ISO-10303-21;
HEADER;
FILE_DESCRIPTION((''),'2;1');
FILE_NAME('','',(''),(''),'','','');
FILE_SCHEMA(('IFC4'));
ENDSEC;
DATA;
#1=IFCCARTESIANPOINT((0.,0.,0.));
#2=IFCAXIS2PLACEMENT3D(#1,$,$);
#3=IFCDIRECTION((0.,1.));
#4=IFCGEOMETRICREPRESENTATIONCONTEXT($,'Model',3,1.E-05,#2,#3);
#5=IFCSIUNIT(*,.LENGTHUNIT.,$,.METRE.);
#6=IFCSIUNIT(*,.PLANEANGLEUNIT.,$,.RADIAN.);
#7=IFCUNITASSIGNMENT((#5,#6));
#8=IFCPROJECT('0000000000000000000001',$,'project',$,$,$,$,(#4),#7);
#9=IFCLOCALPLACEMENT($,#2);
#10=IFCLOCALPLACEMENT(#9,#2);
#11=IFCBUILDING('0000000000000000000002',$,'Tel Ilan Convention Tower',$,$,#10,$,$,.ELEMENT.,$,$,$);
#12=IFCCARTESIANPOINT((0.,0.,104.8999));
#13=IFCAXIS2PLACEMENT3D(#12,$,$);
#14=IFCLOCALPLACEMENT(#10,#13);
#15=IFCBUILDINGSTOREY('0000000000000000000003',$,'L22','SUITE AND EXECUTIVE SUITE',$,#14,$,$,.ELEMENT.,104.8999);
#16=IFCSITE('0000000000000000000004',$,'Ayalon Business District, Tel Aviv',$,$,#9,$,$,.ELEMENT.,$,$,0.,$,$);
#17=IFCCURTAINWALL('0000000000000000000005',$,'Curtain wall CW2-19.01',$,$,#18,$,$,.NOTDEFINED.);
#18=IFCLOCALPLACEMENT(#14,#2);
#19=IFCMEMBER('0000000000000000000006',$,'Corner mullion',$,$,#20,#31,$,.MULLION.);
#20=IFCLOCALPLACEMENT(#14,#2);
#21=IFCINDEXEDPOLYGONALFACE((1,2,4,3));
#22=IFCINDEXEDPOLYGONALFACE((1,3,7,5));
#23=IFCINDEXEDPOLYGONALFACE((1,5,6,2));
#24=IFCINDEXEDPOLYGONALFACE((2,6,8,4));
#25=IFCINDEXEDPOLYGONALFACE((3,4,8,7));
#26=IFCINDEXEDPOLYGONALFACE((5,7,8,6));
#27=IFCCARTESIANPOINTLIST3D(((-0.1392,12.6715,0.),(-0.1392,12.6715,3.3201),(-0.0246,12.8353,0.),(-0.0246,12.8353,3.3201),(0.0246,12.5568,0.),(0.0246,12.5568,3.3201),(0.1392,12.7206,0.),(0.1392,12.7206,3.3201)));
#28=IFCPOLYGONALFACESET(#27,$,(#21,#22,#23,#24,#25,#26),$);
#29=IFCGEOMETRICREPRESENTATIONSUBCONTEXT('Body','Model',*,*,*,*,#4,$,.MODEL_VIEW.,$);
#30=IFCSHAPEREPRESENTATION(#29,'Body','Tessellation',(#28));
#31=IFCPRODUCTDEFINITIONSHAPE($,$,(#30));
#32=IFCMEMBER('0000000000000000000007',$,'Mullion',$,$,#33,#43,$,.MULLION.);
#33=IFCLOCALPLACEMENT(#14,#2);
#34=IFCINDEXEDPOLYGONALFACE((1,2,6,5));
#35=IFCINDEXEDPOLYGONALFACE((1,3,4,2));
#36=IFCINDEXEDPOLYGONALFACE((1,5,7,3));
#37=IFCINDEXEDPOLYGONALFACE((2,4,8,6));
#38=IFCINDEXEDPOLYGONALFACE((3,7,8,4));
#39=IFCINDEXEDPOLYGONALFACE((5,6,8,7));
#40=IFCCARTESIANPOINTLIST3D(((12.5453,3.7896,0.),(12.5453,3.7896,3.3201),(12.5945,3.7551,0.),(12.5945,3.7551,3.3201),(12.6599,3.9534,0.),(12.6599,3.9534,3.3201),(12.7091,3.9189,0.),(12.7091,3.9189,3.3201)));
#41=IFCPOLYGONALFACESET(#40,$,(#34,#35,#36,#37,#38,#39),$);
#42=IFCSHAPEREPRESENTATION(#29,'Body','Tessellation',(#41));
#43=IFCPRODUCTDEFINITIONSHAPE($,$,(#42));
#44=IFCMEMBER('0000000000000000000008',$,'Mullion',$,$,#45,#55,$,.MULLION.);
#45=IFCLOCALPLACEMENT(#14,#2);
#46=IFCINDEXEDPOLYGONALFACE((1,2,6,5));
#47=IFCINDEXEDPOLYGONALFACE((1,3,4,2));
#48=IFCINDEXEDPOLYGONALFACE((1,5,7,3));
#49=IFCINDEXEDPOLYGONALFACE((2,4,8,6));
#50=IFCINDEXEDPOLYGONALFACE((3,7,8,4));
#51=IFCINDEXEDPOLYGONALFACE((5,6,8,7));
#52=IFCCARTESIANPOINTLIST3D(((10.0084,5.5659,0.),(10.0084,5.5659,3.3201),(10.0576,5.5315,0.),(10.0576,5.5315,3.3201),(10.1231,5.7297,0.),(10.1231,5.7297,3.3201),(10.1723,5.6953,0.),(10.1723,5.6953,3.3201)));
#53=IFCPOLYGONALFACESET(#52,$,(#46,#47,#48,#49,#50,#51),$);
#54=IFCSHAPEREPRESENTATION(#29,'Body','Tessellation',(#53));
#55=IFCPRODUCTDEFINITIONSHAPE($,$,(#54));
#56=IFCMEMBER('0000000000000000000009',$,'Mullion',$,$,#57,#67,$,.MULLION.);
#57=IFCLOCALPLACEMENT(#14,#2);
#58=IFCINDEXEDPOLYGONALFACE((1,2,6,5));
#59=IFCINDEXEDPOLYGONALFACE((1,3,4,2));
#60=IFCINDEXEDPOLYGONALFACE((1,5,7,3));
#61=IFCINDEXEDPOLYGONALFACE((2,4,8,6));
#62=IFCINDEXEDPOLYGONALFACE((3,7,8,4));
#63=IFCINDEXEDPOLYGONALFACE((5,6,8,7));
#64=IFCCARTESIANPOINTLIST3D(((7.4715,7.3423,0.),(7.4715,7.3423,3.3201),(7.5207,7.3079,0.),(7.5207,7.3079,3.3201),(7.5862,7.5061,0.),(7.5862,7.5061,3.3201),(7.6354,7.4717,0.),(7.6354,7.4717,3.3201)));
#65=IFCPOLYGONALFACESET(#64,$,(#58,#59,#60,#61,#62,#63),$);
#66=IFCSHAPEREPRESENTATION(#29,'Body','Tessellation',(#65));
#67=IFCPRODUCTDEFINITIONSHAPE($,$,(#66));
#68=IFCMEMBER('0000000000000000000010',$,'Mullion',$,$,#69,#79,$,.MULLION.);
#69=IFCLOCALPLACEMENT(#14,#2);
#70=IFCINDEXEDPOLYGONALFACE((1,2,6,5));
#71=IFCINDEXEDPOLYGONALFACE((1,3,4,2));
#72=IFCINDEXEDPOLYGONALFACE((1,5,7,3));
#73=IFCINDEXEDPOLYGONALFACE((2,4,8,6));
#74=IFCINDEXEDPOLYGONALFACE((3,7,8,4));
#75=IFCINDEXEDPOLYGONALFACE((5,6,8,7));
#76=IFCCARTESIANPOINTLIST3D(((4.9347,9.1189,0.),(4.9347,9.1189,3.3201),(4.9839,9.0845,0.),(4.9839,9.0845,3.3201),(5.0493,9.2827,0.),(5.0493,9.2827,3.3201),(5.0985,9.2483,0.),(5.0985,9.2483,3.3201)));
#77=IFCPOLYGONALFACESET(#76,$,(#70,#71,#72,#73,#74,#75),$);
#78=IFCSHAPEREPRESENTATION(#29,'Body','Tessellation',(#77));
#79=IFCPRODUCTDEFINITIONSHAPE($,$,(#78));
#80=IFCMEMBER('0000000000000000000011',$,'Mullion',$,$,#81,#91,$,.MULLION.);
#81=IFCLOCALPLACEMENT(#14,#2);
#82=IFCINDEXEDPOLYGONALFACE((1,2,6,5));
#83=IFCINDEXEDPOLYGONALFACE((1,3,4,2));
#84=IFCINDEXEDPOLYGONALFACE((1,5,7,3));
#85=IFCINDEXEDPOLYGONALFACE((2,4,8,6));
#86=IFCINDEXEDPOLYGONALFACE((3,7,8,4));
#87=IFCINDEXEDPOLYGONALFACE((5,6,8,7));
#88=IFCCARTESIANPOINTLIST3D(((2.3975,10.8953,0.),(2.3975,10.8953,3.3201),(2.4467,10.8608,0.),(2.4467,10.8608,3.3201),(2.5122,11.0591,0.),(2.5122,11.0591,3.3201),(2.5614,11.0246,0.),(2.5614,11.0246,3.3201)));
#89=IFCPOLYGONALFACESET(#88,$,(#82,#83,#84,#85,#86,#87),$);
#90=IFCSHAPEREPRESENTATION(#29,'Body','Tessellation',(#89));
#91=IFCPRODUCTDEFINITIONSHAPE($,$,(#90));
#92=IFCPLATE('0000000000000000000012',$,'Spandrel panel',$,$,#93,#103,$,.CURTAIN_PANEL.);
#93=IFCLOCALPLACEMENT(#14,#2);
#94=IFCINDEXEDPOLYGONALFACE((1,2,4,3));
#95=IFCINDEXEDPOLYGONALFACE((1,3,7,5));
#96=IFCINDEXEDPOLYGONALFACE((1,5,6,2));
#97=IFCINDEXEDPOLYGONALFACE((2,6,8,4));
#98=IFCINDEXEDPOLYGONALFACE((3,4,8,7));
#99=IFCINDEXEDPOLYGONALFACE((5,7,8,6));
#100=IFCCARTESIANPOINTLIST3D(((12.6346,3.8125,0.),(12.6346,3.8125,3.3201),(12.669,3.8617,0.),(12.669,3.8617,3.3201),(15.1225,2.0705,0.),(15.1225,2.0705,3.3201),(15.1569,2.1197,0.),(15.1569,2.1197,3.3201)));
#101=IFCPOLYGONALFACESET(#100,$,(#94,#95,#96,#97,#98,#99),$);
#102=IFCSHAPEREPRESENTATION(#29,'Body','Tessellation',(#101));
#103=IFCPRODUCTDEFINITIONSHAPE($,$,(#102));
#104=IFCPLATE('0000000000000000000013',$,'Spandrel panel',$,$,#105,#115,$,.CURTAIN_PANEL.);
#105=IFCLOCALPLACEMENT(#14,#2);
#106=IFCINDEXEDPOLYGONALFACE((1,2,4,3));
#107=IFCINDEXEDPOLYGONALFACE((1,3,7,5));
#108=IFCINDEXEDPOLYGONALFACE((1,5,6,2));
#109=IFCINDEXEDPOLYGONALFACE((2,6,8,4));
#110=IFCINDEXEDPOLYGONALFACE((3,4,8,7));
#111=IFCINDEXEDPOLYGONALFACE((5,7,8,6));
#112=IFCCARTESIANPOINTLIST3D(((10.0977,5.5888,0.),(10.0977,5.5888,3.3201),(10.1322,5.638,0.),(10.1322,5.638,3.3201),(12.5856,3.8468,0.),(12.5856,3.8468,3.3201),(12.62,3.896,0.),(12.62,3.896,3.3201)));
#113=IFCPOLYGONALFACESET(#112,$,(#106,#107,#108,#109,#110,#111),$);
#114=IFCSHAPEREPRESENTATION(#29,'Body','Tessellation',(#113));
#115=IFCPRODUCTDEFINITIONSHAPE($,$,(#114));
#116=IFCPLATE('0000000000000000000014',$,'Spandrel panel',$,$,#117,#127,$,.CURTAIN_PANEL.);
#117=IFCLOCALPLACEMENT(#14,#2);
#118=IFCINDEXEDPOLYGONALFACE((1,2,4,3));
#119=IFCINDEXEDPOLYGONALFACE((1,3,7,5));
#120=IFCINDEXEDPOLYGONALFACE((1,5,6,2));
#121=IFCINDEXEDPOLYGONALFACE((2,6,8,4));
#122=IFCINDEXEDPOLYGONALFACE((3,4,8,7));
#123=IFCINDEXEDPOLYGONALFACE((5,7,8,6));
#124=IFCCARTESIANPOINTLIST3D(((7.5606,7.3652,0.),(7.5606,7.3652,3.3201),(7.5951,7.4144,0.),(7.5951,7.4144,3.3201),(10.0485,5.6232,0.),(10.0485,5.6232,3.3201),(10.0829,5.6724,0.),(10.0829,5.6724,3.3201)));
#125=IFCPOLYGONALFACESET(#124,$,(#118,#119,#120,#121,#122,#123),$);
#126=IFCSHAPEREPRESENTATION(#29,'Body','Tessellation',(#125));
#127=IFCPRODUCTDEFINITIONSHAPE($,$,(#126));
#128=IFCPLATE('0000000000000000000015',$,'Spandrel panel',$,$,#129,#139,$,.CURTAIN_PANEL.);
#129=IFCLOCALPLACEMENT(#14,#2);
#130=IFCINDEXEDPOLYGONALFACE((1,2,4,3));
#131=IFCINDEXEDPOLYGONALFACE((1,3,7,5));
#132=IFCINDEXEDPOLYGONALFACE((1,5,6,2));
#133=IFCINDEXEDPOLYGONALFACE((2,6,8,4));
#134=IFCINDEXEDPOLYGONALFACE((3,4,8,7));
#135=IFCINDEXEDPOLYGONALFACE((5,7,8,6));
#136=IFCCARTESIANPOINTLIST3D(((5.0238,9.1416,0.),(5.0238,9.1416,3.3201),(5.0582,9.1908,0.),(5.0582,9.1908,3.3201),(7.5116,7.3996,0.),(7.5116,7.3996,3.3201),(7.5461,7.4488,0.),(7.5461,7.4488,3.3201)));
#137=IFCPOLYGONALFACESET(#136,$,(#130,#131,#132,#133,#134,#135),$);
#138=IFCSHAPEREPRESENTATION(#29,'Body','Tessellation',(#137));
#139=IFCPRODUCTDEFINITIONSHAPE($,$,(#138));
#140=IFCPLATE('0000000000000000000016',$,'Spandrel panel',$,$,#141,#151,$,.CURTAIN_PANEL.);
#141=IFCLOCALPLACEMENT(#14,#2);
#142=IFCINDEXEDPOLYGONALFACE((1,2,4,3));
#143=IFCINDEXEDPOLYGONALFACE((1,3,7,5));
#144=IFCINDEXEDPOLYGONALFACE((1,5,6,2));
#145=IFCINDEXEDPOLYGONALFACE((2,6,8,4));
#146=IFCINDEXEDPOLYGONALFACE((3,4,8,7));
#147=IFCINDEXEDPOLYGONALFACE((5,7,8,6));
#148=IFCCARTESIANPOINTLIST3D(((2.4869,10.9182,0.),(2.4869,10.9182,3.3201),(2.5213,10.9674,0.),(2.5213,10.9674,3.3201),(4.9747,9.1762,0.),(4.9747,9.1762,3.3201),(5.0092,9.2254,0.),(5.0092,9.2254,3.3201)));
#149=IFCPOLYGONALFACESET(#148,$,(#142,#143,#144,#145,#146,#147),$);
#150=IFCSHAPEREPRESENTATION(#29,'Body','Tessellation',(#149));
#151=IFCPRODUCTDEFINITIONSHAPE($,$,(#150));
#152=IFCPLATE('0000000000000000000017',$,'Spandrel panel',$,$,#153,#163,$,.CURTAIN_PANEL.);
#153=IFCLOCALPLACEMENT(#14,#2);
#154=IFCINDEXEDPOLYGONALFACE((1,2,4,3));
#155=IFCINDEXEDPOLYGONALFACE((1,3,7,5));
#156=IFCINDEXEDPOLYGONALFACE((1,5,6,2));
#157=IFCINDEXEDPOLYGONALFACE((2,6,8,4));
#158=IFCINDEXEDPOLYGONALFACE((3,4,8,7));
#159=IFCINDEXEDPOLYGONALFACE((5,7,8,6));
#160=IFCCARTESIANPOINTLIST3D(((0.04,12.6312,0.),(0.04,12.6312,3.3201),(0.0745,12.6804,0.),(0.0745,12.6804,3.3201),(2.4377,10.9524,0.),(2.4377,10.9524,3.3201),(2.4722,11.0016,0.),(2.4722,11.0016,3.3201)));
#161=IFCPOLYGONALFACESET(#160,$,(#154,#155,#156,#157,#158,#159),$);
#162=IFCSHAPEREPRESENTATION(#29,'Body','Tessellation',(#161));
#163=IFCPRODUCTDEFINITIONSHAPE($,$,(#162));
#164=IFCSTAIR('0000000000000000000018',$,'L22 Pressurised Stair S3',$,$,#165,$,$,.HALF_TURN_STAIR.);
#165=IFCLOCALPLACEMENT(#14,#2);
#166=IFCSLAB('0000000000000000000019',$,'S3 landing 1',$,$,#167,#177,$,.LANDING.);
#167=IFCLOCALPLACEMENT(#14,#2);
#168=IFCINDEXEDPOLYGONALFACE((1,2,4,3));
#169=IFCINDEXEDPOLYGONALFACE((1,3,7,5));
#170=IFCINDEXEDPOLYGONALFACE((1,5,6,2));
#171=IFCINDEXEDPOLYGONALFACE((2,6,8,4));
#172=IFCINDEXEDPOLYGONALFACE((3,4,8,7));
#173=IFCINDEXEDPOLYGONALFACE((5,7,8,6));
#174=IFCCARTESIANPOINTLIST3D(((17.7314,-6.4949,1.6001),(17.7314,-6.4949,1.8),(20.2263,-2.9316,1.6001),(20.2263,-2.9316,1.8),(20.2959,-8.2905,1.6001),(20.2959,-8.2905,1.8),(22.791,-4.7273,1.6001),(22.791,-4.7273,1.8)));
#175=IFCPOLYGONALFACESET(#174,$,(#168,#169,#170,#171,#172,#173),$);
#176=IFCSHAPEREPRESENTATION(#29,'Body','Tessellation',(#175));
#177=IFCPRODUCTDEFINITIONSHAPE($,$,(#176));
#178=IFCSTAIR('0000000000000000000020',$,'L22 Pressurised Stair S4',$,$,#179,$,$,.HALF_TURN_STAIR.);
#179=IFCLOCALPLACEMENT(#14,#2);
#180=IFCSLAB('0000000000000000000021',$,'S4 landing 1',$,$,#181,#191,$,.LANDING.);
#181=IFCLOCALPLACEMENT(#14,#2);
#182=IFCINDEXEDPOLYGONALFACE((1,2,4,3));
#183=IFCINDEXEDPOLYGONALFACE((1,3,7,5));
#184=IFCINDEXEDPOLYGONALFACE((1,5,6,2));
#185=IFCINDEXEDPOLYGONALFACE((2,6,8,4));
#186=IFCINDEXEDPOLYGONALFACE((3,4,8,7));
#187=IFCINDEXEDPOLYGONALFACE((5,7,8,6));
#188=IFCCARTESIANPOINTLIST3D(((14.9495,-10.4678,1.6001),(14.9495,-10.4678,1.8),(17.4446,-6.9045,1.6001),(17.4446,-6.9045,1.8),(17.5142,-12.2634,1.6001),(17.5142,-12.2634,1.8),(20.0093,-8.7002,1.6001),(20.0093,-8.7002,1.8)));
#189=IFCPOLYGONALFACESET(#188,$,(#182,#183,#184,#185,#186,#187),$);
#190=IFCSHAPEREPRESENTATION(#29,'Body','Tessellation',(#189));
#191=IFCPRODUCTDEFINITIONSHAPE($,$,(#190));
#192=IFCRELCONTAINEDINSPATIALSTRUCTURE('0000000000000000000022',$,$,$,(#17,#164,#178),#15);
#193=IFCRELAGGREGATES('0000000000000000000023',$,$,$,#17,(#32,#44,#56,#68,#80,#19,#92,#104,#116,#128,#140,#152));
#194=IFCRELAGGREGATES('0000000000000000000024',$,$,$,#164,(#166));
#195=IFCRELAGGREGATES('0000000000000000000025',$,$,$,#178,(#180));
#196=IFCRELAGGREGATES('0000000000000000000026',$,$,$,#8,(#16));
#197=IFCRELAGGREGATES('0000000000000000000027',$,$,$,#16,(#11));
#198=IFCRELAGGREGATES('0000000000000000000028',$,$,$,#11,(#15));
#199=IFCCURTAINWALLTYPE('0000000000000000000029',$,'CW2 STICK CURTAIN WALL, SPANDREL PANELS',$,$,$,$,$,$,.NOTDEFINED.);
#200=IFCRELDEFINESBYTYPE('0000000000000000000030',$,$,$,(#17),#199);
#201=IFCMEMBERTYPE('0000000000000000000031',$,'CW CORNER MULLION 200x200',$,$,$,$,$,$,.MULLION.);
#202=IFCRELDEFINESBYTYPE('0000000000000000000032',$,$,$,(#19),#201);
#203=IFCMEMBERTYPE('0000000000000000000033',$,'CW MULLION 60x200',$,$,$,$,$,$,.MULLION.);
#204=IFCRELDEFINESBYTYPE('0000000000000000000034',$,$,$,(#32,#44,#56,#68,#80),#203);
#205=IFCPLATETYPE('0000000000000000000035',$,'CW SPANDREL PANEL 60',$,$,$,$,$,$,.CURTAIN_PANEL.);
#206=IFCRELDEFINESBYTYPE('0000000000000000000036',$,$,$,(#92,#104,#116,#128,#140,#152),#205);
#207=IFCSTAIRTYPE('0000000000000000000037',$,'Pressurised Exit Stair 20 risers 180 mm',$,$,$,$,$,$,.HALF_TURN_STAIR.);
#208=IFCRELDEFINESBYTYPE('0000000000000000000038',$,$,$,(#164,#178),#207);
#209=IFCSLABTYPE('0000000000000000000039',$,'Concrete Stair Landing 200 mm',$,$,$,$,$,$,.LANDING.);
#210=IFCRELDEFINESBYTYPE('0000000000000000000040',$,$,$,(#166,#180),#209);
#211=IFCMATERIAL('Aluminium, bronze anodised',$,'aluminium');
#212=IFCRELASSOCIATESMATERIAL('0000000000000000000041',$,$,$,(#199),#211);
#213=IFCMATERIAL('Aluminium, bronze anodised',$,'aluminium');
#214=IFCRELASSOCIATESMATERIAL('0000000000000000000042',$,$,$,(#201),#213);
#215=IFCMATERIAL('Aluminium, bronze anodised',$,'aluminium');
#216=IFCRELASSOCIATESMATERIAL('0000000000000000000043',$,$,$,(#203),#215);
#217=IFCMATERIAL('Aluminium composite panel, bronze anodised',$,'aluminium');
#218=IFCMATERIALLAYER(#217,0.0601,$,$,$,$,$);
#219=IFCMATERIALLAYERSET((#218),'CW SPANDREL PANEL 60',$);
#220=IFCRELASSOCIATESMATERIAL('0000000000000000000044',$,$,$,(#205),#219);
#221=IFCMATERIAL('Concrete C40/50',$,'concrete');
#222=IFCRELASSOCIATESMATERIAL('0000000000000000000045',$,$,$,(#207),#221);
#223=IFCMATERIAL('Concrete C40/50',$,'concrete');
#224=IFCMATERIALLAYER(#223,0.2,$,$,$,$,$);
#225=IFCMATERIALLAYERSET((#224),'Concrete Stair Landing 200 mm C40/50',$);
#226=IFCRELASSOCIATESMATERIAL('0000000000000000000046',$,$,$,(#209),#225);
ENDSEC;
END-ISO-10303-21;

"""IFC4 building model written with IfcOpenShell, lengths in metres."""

from ifc_helpers import new_model, si_unit, direction, frame, origin, origin_2d, place, context, subcontext, project, spatial, polyline, rectangle, outline, extrude, material, layer, layer_set, material_profile, profile_set, type_object, element, aggregate, save


model = new_model("IFC4")

# Units and contexts
model_context = context("Model", 3, precision=1e-05, world=origin(), true_north=direction((0.0, 1.0)))
body_context = subcontext(model_context, "Body", "Model", "MODEL_VIEW")
ifc_project = project(units=[si_unit("LENGTHUNIT", "METRE"), si_unit("PLANEANGLEUNIT", "RADIAN")], contexts=[model_context])

# Site, building, storey
site_placement = place(None, origin())
site = spatial("IfcSite", under=ifc_project, at=site_placement, Name="Ayalon Business District, Tel Aviv", CompositionType="ELEMENT", RefElevation=0.0)
building_placement = place(site_placement, origin())
building = spatial("IfcBuilding", under=site, at=building_placement, Name="Tel Ilan Convention Tower", CompositionType="ELEMENT")
storey_placement = place(building_placement, frame((0.0, 0.0, 104.8999)))
storey = spatial("IfcBuildingStorey", under=building, at=storey_placement, Name="L22", Description="SUITE AND EXECUTIVE SUITE", CompositionType="ELEMENT", Elevation=104.8999)

# Curtain wall, members, plates
ifc_material_1 = material(Name="Aluminium, bronze anodised", Category="aluminium")
curtain_wall_type = type_object("IfcCurtainWallType", Name="CW2 STICK CURTAIN WALL, SPANDREL PANELS", PredefinedType="NOTDEFINED", material=ifc_material_1)
curtain_wall_placement = place(storey_placement, origin())
curtain_wall = element("IfcCurtainWall", 1, at=curtain_wall_placement, inside=storey, type_object=curtain_wall_type, Name="Curtain wall CW2-19.01", PredefinedType="NOTDEFINED")
ifc_material_2 = material(Name="Aluminium, bronze anodised", Category="aluminium")
ifc_material_profile_1 = material_profile(ifc_material_2, rectangle(XDim=0.2, YDim=0.2, at=origin_2d()), Name="CW CORNER MULLION 200x200")
ifc_profile_set_1 = profile_set([ifc_material_profile_1], Name="Aluminium, bronze anodised")
member_type_1 = type_object("IfcMemberType", Name="CW CORNER MULLION 200x200", PredefinedType="MULLION", material=ifc_profile_set_1)
member_1_placement = place(storey_placement, frame((0.0, 12.696, 0.0), z_axis=(0.0, 0.0, 1.0), x_axis=(-0.819152, 0.573576, 0.0)))
member_1 = element("IfcMember", 2, at=member_1_placement, type_object=member_type_1, Name="Corner mullion", PredefinedType="MULLION", context=body_context, shape_type="SweptSolid", body=[
    extrude(rectangle(XDim=0.2, YDim=0.2, at=origin_2d()), origin(), (0.0, 0.0, 1.0), 3.3201),
])
ifc_material_3 = material(Name="Aluminium, bronze anodised", Category="aluminium")
ifc_material_profile_2 = material_profile(ifc_material_3, rectangle(XDim=0.0601, YDim=0.2, at=origin_2d()), Name="CW MULLION 60x200")
ifc_profile_set_2 = profile_set([ifc_material_profile_2], Name="Aluminium, bronze anodised")
member_type_2 = type_object("IfcMemberType", Name="CW MULLION 60x200", PredefinedType="MULLION", material=ifc_profile_set_2)
member_2_placement = place(storey_placement, frame((12.6272, 3.8542, 0.0), z_axis=(0.0, 0.0, 1.0), x_axis=(-0.819152, 0.573576, 0.0)))
member_2 = element("IfcMember", 3, at=member_2_placement, type_object=member_type_2, Name="Mullion", PredefinedType="MULLION", context=body_context, shape_type="SweptSolid", body=[
    extrude(rectangle(XDim=0.0601, YDim=0.2, at=origin_2d()), origin(), (0.0, 0.0, 1.0), 3.3201),
])
member_3_placement = place(storey_placement, frame((10.0903, 5.6306, 0.0), z_axis=(0.0, 0.0, 1.0), x_axis=(-0.819152, 0.573576, 0.0)))
member_3 = element("IfcMember", 4, at=member_3_placement, type_object=member_type_2, Name="Mullion", PredefinedType="MULLION", context=body_context, shape_type="SweptSolid", body=[
    extrude(rectangle(XDim=0.0601, YDim=0.2, at=origin_2d()), origin(), (0.0, 0.0, 1.0), 3.3201),
])
member_4_placement = place(storey_placement, frame((7.5535, 7.407, 0.0), z_axis=(0.0, 0.0, 1.0), x_axis=(-0.819152, 0.573576, 0.0)))
member_4 = element("IfcMember", 5, at=member_4_placement, type_object=member_type_2, Name="Mullion", PredefinedType="MULLION", context=body_context, shape_type="SweptSolid", body=[
    extrude(rectangle(XDim=0.0601, YDim=0.2, at=origin_2d()), origin(), (0.0, 0.0, 1.0), 3.3201),
])
member_5_placement = place(storey_placement, frame((5.0166, 9.1836, 0.0), z_axis=(0.0, 0.0, 1.0), x_axis=(-0.819152, 0.573576, 0.0)))
member_5 = element("IfcMember", 6, at=member_5_placement, type_object=member_type_2, Name="Mullion", PredefinedType="MULLION", context=body_context, shape_type="SweptSolid", body=[
    extrude(rectangle(XDim=0.0601, YDim=0.2, at=origin_2d()), origin(), (0.0, 0.0, 1.0), 3.3201),
])
member_6_placement = place(storey_placement, frame((2.4795, 10.96, 0.0), z_axis=(0.0, 0.0, 1.0), x_axis=(-0.819152, 0.573576, 0.0)))
member_6 = element("IfcMember", 7, at=member_6_placement, type_object=member_type_2, Name="Mullion", PredefinedType="MULLION", context=body_context, shape_type="SweptSolid", body=[
    extrude(rectangle(XDim=0.0601, YDim=0.2, at=origin_2d()), origin(), (0.0, 0.0, 1.0), 3.3201),
])
ifc_material_4 = material(Name="Aluminium composite panel, bronze anodised", Category="aluminium")
ifc_layer_1 = layer(ifc_material_4, 0.0601)
ifc_layer_set_1 = layer_set([ifc_layer_1], Name="CW SPANDREL PANEL 60")
plate_type = type_object("IfcPlateType", Name="CW SPANDREL PANEL 60", PredefinedType="CURTAIN_PANEL", material=ifc_layer_set_1)
plate_1_placement = place(storey_placement, frame((13.8958, 2.9661, 0.0), z_axis=(0.0, 0.0, 1.0), x_axis=(-0.819152, 0.573576, 0.0)))
plate_1 = element("IfcPlate", 8, at=plate_1_placement, type_object=plate_type, Name="Spandrel panel", PredefinedType="CURTAIN_PANEL", context=body_context, shape_type="SweptSolid", body=[
    extrude(rectangle(XDim=3.0371, YDim=0.0601, at=origin_2d()), origin(), (0.0, 0.0, 1.0), 3.3201),
])
plate_2_placement = place(storey_placement, frame((11.3589, 4.7424, 0.0), z_axis=(0.0, 0.0, 1.0), x_axis=(-0.819152, 0.573576, 0.0)))
plate_2 = element("IfcPlate", 9, at=plate_2_placement, type_object=plate_type, Name="Spandrel panel", PredefinedType="CURTAIN_PANEL", context=body_context, shape_type="SweptSolid", body=[
    extrude(rectangle(XDim=3.0371, YDim=0.0601, at=origin_2d()), origin(), (0.0, 0.0, 1.0), 3.3201),
])
plate_3_placement = place(storey_placement, frame((8.8218, 6.5188, 0.0), z_axis=(0.0, 0.0, 1.0), x_axis=(-0.819152, 0.573576, 0.0)))
plate_3 = element("IfcPlate", 10, at=plate_3_placement, type_object=plate_type, Name="Spandrel panel", PredefinedType="CURTAIN_PANEL", context=body_context, shape_type="SweptSolid", body=[
    extrude(rectangle(XDim=3.0371, YDim=0.0601, at=origin_2d()), origin(), (0.0, 0.0, 1.0), 3.3201),
])
plate_4_placement = place(storey_placement, frame((6.2849, 8.2952, 0.0), z_axis=(0.0, 0.0, 1.0), x_axis=(-0.819152, 0.573576, 0.0)))
plate_4 = element("IfcPlate", 11, at=plate_4_placement, type_object=plate_type, Name="Spandrel panel", PredefinedType="CURTAIN_PANEL", context=body_context, shape_type="SweptSolid", body=[
    extrude(rectangle(XDim=3.0371, YDim=0.0601, at=origin_2d()), origin(), (0.0, 0.0, 1.0), 3.3201),
])
plate_5_placement = place(storey_placement, frame((3.748, 10.0718, 0.0), z_axis=(0.0, 0.0, 1.0), x_axis=(-0.819152, 0.573576, 0.0)))
plate_5 = element("IfcPlate", 12, at=plate_5_placement, type_object=plate_type, Name="Spandrel panel", PredefinedType="CURTAIN_PANEL", context=body_context, shape_type="SweptSolid", body=[
    extrude(rectangle(XDim=3.0371, YDim=0.0601, at=origin_2d()), origin(), (0.0, 0.0, 1.0), 3.3201),
])
plate_6_placement = place(storey_placement, frame((1.2561, 11.8164, 0.0), z_axis=(0.0, 0.0, 1.0), x_axis=(-0.819152, 0.573576, 0.0)))
plate_6 = element("IfcPlate", 13, at=plate_6_placement, type_object=plate_type, Name="Spandrel panel", PredefinedType="CURTAIN_PANEL", context=body_context, shape_type="SweptSolid", body=[
    extrude(rectangle(XDim=2.927, YDim=0.0601, at=origin_2d()), origin(), (0.0, 0.0, 1.0), 3.3201),
])
aggregate(curtain_wall, [member_2, member_3, member_4, member_5, member_6, member_1, plate_1, plate_2, plate_3, plate_4, plate_5, plate_6])

# Stairs, slabs
ifc_material_5 = material(Name="Concrete C40/50", Category="concrete")
stair_type = type_object("IfcStairType", Name="Pressurised Exit Stair 20 risers 180 mm", PredefinedType="HALF_TURN_STAIR", material=ifc_material_5)
stair_1_placement = place(storey_placement, origin())
stair_1 = element("IfcStair", 14, at=stair_1_placement, inside=storey, type_object=stair_type, Name="L22 Pressurised Stair S3", PredefinedType="HALF_TURN_STAIR")
ifc_material_6 = material(Name="Concrete C40/50", Category="concrete")
ifc_layer_2 = layer(ifc_material_6, 0.2)
ifc_layer_set_2 = layer_set([ifc_layer_2], Name="Concrete Stair Landing 200 mm C40/50")
slab_type_1 = type_object("IfcSlabType", Name="Concrete Stair Landing 200 mm", PredefinedType="LANDING", material=ifc_layer_set_2)
slab_1_placement = place(storey_placement, frame((0.0, 0.0, 1.6001)))
slab_1 = element("IfcSlab", 15, at=slab_1_placement, type_object=slab_type_1, Name="S3 landing 1", PredefinedType="LANDING", context=body_context, shape_type="SweptSolid", body=[
    extrude(outline(polyline([(22.791, -4.7273), (20.2263, -2.9316), (17.7314, -6.4949), (20.2959, -8.2905), (22.791, -4.7273)])), origin(), (0.0, 0.0, 1.0), 0.2),
])
aggregate(stair_1, [slab_1])
stair_2_placement = place(storey_placement, origin())
stair_2 = element("IfcStair", 16, at=stair_2_placement, inside=storey, type_object=stair_type, Name="L22 Pressurised Stair S4", PredefinedType="HALF_TURN_STAIR")
slab_2_placement = place(storey_placement, frame((0.0, 0.0, 1.6001)))
slab_2 = element("IfcSlab", 17, at=slab_2_placement, type_object=slab_type_1, Name="S4 landing 1", PredefinedType="LANDING", context=body_context, shape_type="SweptSolid", body=[
    extrude(outline(polyline([(20.0093, -8.7002), (17.4446, -6.9045), (14.9495, -10.4678), (17.5142, -12.2634), (20.0093, -8.7002)])), origin(), (0.0, 0.0, 1.0), 0.2),
])
aggregate(stair_2, [slab_2])

save(model, "model.ifc")
